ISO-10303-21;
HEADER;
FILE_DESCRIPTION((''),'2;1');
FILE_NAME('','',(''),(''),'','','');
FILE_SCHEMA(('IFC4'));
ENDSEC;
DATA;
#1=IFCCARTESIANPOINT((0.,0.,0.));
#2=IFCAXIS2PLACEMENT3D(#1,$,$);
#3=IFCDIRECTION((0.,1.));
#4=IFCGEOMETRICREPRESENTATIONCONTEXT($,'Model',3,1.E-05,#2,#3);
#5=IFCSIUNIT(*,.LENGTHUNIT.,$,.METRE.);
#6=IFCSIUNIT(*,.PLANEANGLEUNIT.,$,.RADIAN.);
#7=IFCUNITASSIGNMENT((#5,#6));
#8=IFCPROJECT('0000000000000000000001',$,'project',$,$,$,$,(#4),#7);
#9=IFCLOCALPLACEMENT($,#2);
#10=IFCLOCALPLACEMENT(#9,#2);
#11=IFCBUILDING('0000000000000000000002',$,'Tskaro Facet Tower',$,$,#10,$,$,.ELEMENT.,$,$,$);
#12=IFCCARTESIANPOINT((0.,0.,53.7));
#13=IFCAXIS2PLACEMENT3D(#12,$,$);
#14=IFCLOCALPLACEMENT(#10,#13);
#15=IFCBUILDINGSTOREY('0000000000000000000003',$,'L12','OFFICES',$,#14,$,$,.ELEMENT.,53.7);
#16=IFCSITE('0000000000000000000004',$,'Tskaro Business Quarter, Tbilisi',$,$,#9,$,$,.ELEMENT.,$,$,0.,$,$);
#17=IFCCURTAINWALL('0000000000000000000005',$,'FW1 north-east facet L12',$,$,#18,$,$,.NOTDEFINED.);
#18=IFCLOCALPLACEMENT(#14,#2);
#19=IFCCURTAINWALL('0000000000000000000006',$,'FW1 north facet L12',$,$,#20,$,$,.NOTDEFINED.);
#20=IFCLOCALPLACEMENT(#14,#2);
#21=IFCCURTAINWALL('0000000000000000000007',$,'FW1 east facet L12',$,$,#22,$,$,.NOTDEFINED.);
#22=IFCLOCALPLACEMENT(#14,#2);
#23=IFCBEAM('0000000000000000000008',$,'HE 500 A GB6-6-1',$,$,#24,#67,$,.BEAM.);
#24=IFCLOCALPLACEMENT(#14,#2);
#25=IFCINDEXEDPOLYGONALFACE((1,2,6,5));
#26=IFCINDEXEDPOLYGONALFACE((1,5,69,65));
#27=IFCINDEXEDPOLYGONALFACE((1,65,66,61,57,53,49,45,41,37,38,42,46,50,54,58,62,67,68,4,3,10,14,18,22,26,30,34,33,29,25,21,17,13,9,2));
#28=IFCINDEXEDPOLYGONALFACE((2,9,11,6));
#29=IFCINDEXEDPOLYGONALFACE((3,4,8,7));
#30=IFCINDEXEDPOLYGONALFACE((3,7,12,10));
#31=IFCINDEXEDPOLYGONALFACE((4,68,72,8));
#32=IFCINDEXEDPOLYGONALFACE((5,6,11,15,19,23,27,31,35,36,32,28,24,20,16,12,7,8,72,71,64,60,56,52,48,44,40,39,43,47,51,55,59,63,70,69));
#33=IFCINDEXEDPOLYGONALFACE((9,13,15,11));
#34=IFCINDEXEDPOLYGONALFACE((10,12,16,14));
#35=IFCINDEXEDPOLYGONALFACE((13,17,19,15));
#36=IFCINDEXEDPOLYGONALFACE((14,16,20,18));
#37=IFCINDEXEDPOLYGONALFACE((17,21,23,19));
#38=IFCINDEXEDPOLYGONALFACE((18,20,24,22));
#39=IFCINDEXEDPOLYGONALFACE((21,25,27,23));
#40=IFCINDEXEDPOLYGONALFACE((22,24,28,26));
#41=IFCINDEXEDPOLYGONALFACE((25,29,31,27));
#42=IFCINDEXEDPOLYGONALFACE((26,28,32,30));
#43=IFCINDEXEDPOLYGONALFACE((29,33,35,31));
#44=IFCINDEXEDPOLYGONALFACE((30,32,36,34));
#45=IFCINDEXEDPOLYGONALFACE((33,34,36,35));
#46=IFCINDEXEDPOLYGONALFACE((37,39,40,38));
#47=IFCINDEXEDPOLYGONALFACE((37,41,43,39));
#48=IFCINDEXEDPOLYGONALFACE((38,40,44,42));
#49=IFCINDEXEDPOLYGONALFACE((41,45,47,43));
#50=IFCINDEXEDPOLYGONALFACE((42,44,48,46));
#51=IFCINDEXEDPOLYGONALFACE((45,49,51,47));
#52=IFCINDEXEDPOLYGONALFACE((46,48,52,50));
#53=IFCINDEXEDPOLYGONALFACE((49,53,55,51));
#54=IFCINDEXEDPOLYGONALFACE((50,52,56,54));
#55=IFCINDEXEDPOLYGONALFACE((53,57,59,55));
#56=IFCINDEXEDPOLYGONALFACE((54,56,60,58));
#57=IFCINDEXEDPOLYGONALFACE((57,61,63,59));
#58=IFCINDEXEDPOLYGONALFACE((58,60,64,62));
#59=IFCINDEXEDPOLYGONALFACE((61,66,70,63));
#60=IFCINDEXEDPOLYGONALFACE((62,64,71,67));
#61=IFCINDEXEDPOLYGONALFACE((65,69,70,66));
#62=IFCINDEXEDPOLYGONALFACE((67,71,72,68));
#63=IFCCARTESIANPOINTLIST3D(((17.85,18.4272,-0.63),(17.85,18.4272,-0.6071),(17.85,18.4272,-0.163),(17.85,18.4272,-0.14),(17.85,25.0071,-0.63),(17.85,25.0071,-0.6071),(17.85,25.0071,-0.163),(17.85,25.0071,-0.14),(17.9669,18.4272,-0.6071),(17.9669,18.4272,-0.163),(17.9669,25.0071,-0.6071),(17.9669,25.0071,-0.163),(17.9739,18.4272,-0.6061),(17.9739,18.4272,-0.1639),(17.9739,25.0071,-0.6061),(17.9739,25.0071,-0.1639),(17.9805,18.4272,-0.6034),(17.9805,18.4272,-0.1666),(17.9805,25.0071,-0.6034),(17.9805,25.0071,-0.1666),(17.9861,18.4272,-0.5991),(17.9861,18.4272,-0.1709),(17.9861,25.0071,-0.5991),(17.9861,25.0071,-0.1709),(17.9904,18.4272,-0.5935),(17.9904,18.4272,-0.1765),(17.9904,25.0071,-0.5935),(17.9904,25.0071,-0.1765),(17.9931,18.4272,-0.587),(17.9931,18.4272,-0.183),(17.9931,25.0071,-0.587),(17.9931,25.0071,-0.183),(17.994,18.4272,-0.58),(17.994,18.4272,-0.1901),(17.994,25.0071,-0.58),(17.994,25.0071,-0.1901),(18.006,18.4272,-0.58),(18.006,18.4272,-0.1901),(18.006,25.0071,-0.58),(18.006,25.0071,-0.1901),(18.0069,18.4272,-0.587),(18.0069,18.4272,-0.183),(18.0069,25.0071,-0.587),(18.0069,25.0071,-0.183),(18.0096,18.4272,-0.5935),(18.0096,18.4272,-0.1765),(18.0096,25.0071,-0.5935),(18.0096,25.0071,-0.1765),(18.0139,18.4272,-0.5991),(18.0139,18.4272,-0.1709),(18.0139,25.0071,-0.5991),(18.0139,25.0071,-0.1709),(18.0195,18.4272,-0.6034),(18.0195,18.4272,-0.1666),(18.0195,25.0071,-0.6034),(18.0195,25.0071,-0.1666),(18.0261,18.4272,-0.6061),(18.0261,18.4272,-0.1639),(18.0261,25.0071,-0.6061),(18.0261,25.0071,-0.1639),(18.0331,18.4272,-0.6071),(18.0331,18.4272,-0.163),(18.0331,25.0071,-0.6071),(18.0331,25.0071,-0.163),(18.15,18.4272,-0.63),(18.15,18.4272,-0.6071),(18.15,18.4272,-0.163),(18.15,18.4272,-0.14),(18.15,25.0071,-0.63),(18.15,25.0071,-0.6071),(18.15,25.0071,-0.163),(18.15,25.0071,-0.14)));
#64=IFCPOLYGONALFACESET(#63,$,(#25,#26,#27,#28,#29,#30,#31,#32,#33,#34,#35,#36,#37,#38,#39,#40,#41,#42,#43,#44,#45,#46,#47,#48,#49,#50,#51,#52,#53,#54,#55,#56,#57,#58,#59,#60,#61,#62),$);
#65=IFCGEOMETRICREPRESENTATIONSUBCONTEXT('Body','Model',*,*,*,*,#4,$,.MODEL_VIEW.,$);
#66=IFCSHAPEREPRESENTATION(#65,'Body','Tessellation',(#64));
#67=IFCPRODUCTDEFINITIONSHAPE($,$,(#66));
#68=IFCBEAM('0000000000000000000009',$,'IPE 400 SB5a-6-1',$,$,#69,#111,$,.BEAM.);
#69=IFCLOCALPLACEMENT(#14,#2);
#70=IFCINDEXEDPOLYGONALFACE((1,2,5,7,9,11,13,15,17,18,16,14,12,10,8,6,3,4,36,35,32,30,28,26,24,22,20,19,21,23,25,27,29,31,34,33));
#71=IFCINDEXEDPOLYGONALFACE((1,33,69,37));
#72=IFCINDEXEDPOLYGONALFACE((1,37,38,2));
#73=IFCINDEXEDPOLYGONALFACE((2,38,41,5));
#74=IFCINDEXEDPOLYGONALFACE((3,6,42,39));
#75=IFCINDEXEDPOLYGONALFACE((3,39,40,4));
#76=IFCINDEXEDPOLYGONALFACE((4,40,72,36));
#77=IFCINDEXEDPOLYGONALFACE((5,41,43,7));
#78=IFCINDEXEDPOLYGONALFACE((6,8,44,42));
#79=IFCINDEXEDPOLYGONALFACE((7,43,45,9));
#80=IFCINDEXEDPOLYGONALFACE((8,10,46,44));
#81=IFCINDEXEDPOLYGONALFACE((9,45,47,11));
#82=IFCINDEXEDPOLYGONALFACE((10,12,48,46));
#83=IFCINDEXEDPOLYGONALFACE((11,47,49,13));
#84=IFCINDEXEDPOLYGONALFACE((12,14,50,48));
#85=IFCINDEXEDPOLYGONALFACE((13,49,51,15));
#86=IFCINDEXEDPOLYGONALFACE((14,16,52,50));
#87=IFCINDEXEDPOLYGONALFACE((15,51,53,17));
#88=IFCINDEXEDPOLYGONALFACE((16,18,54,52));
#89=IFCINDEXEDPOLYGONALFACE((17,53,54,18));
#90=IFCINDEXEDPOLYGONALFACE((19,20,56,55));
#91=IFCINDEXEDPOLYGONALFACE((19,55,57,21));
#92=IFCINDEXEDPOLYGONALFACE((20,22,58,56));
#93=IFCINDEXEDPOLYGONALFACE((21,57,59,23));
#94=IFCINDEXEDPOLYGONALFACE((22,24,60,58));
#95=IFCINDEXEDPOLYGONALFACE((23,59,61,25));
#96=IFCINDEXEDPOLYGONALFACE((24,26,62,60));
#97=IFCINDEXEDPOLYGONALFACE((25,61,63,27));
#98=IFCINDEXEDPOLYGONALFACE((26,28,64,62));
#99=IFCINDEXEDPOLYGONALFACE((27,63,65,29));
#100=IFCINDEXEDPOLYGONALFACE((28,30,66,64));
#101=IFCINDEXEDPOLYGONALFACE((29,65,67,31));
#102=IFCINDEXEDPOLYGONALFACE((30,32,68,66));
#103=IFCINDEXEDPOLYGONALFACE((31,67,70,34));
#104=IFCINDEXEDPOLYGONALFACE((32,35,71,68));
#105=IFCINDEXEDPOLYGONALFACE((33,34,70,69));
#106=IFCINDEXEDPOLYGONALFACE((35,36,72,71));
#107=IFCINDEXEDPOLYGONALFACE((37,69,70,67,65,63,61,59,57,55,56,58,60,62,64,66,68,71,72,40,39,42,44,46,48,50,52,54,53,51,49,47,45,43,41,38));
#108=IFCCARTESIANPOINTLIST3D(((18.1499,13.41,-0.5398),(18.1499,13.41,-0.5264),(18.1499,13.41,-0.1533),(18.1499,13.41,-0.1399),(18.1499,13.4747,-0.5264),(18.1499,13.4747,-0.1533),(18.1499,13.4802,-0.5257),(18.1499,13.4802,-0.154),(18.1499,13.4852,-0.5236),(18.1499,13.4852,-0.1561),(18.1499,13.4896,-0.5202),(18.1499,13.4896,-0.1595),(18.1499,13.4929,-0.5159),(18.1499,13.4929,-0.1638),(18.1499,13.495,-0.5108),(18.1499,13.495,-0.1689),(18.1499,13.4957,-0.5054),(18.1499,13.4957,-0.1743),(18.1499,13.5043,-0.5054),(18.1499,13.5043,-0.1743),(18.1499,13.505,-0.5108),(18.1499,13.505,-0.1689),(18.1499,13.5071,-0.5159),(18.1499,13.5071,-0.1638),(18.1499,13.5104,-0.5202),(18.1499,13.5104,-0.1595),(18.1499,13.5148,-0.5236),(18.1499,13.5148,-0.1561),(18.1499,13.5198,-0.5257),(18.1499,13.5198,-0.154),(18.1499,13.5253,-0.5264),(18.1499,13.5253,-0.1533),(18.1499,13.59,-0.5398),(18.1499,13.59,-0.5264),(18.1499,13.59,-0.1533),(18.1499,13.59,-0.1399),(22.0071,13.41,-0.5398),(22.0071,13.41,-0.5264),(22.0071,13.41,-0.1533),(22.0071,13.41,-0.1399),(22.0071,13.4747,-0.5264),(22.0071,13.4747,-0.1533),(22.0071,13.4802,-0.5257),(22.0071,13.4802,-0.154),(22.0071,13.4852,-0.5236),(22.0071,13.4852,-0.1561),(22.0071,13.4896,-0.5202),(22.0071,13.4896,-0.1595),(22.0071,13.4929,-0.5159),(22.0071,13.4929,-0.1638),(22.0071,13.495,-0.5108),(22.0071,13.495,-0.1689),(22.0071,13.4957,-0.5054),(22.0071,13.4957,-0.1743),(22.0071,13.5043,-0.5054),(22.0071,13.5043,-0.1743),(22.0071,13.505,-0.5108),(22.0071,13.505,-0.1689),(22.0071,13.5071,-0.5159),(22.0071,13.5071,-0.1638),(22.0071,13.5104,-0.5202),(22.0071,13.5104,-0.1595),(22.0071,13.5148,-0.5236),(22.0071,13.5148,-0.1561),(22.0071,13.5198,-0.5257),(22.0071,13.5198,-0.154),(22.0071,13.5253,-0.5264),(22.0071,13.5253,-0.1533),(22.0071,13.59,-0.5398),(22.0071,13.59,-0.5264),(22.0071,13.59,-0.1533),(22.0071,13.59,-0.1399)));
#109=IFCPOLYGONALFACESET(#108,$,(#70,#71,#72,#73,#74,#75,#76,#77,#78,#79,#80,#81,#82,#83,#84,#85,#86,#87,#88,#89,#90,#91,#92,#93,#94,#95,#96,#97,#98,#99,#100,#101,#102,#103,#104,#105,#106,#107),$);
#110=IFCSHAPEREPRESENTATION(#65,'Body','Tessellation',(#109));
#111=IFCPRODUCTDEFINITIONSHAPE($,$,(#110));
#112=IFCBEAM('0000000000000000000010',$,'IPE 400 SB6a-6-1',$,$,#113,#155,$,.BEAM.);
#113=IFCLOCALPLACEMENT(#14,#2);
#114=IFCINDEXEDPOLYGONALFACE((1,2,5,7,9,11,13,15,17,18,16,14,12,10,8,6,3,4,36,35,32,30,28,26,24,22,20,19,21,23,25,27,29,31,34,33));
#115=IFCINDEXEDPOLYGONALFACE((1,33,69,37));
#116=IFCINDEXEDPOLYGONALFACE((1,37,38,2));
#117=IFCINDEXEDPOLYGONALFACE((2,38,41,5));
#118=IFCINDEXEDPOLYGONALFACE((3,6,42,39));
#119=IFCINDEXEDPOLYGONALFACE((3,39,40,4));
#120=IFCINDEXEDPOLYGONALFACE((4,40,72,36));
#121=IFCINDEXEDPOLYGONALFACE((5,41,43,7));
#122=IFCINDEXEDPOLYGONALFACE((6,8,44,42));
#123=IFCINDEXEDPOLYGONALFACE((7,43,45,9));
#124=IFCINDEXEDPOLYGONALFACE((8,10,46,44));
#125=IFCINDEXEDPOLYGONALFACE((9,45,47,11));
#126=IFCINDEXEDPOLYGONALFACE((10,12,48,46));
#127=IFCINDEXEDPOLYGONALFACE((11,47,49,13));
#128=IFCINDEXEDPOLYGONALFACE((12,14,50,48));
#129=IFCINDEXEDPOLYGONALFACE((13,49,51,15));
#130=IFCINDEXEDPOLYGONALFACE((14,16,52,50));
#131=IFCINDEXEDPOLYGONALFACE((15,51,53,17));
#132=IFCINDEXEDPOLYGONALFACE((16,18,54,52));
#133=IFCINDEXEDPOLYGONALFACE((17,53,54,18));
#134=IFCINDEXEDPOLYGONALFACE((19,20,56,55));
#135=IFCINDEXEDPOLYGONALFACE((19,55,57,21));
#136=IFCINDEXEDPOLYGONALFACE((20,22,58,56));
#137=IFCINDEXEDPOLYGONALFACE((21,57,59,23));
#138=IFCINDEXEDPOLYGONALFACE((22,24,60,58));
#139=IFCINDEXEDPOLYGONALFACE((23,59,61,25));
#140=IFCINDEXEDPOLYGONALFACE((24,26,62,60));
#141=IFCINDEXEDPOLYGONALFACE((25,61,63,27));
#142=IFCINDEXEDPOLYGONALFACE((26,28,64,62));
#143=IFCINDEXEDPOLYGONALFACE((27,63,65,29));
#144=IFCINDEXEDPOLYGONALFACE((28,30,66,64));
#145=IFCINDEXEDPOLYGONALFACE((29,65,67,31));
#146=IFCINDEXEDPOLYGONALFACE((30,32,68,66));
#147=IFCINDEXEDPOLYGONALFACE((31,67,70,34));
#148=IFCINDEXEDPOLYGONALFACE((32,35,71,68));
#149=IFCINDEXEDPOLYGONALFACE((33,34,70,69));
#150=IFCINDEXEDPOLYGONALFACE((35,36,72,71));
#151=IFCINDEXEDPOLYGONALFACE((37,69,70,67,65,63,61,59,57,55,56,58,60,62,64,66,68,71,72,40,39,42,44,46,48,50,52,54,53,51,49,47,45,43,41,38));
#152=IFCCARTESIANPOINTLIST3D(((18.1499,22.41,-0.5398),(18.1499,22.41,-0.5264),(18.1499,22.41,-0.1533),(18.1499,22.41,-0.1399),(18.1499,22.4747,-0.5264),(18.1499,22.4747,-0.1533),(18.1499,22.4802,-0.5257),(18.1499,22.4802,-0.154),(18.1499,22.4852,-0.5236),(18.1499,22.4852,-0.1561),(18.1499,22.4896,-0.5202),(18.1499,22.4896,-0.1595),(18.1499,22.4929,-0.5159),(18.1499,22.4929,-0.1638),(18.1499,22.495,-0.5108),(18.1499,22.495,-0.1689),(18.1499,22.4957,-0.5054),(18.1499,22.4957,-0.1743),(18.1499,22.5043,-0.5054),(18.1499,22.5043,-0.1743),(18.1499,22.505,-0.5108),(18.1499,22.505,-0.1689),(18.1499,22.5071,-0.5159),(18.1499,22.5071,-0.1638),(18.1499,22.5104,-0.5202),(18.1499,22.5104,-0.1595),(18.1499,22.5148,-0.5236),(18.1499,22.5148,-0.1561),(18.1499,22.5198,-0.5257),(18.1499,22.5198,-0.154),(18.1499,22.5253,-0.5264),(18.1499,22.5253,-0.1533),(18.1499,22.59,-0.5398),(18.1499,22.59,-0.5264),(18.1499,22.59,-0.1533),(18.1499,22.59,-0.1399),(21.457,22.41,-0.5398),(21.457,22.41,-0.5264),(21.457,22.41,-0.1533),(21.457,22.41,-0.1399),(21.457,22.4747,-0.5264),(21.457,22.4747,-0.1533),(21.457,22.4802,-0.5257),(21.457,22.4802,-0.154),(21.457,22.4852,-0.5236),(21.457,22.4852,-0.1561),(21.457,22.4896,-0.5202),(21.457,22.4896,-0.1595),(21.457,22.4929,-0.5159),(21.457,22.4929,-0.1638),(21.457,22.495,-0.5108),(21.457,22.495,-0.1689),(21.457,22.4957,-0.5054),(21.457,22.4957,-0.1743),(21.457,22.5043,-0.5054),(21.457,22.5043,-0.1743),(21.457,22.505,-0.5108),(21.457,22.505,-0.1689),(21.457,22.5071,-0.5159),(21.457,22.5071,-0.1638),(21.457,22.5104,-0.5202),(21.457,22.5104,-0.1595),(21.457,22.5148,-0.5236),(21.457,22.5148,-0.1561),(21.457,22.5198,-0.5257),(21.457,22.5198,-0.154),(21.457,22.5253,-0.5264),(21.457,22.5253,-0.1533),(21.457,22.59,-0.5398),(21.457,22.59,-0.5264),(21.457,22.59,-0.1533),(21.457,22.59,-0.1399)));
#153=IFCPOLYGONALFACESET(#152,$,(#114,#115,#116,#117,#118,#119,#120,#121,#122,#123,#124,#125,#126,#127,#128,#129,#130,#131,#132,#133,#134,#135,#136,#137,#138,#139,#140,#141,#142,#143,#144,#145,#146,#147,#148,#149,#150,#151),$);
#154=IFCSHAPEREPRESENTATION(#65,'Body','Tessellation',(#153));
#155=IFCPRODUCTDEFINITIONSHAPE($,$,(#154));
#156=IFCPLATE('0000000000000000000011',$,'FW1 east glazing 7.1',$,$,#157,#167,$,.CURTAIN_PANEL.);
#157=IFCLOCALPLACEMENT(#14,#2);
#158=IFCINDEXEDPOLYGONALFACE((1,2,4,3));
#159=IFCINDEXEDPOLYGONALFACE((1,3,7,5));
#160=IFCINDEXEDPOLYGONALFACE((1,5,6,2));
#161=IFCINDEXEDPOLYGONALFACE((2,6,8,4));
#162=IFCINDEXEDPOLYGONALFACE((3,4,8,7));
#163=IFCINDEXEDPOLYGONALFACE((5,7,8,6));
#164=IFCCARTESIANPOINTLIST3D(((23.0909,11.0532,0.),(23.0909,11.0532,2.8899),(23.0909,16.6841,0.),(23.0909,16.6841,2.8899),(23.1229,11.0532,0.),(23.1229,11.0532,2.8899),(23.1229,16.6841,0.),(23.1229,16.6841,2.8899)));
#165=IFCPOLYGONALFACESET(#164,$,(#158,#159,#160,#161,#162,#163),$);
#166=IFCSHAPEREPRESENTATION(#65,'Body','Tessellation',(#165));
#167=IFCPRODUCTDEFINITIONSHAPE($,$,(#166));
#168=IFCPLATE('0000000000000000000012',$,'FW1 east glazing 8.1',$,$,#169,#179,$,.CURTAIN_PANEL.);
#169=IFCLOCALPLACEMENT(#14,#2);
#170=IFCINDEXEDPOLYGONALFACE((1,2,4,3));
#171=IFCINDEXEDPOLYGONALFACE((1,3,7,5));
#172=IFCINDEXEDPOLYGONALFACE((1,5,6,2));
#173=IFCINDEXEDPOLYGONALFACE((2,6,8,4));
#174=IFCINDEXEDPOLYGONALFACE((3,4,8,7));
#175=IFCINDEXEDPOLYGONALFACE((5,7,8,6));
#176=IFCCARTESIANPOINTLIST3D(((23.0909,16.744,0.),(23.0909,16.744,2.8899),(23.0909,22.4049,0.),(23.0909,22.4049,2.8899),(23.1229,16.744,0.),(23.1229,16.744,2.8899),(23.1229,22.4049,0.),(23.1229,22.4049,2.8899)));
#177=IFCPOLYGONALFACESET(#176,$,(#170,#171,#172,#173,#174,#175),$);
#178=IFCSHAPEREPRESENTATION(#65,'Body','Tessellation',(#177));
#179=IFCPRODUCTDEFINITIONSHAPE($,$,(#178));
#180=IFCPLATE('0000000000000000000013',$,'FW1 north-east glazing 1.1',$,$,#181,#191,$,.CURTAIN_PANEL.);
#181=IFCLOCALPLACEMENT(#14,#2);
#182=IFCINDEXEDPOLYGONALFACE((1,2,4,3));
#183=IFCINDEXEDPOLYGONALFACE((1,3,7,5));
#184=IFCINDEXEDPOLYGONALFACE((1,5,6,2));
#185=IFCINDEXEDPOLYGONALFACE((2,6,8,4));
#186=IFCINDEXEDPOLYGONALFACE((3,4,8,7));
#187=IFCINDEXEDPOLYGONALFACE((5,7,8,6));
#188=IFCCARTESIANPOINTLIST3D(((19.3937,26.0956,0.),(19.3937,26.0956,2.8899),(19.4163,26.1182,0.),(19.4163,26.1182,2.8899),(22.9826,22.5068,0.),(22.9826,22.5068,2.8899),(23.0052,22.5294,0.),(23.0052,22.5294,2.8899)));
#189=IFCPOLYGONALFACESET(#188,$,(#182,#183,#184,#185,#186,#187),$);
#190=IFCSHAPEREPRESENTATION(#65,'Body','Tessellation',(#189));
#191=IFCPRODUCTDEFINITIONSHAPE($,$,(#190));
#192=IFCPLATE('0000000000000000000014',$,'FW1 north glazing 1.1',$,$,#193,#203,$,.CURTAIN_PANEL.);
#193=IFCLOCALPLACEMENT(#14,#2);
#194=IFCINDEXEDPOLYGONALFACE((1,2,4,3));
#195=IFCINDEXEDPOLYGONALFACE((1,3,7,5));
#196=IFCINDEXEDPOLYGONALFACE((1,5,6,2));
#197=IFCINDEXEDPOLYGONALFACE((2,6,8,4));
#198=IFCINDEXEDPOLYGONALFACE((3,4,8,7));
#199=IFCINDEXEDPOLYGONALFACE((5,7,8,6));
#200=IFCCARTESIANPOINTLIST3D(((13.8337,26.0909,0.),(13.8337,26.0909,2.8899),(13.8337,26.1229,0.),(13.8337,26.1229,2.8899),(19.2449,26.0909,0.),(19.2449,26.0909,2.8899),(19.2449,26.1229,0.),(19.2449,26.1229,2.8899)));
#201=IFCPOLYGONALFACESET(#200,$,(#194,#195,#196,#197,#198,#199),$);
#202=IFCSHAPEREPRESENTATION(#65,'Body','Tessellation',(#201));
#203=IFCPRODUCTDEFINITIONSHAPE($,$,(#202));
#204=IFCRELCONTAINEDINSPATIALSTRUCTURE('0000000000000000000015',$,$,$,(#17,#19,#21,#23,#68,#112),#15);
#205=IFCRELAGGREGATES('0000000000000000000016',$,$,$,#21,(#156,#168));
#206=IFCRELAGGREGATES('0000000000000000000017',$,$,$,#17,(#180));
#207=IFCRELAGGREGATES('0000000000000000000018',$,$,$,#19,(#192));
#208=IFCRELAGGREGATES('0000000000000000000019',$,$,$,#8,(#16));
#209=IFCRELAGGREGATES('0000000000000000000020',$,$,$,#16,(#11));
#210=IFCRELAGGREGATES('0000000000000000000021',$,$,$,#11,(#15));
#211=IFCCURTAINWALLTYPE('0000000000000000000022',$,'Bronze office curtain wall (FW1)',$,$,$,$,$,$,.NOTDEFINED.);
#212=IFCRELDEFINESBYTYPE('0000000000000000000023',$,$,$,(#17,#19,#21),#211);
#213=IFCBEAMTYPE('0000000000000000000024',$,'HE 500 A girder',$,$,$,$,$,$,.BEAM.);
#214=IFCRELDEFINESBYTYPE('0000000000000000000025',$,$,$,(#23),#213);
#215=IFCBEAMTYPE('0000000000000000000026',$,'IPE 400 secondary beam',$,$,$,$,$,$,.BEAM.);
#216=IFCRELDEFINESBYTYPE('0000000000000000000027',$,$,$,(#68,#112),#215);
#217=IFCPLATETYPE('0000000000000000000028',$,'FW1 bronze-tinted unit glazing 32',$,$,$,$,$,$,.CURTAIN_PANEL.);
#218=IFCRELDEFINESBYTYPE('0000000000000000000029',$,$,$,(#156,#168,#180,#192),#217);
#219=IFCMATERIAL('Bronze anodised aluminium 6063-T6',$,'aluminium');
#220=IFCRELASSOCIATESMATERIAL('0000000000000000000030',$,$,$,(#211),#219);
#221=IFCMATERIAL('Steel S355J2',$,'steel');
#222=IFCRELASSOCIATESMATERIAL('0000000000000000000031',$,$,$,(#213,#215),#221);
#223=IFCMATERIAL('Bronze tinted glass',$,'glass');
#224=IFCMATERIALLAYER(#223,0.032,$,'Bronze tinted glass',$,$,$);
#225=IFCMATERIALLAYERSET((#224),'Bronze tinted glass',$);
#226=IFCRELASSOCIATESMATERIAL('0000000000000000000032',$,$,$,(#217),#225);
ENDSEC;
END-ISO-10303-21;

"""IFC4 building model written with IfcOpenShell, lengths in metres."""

from ifc_helpers import new_model, si_unit, direction, frame, origin, origin_2d, place, context, subcontext, project, spatial, rectangle, i_section, extrude, material, layer, layer_set, material_profile, profile_set, type_object, element, aggregate, save


model = new_model("IFC4")

# Units and contexts
model_context = context("Model", 3, precision=1e-05, world=origin(), true_north=direction((0.0, 1.0)))
body_context = subcontext(model_context, "Body", "Model", "MODEL_VIEW")
ifc_project = project(units=[si_unit("LENGTHUNIT", "METRE"), si_unit("PLANEANGLEUNIT", "RADIAN")], contexts=[model_context])

# Site, building, storey
site_placement = place(None, origin())
site = spatial("IfcSite", under=ifc_project, at=site_placement, Name="Tskaro Business Quarter, Tbilisi", CompositionType="ELEMENT", RefElevation=0.0)
building_placement = place(site_placement, origin())
building = spatial("IfcBuilding", under=site, at=building_placement, Name="Tskaro Facet Tower", CompositionType="ELEMENT")
storey_placement = place(building_placement, frame((0.0, 0.0, 53.7)))
storey = spatial("IfcBuildingStorey", under=building, at=storey_placement, Name="L12", Description="OFFICES", CompositionType="ELEMENT", Elevation=53.7)

# Curtain walls
ifc_material_1 = material(Name="Bronze anodised aluminium 6063-T6", Category="aluminium")
curtain_wall_type = type_object("IfcCurtainWallType", Name="Bronze office curtain wall (FW1)", PredefinedType="NOTDEFINED", material=ifc_material_1)
curtain_wall_1_placement = place(storey_placement, origin())
curtain_wall_1 = element("IfcCurtainWall", 1, at=curtain_wall_1_placement, inside=storey, type_object=curtain_wall_type, Name="FW1 north-east facet L12", PredefinedType="NOTDEFINED")
curtain_wall_2_placement = place(storey_placement, origin())
curtain_wall_2 = element("IfcCurtainWall", 2, at=curtain_wall_2_placement, inside=storey, type_object=curtain_wall_type, Name="FW1 north facet L12", PredefinedType="NOTDEFINED")

# Curtain wall
curtain_wall_3_placement = place(storey_placement, origin())
curtain_wall_3 = element("IfcCurtainWall", 3, at=curtain_wall_3_placement, inside=storey, type_object=curtain_wall_type, Name="FW1 east facet L12", PredefinedType="NOTDEFINED")

# Beams
ifc_material_2 = material(Name="Steel S355J2", Category="steel")
ifc_material_profile_1 = material_profile(ifc_material_2, i_section(OverallWidth=0.3, OverallDepth=0.49, WebThickness=0.012, FlangeThickness=0.0229, FilletRadius=0.0271, at=origin_2d()), Name="HE 500 A")
ifc_profile_set_1 = profile_set([ifc_material_profile_1], Name="Steel S355J2")
beam_type_1 = type_object("IfcBeamType", Name="HE 500 A girder", PredefinedType="BEAM", material=ifc_profile_set_1)
beam_1_placement = place(storey_placement, frame((18.0, 18.4272, -0.385), z_axis=(0.0, 1.0, 0.0), x_axis=(-1.0, 0.0, 0.0)))
element("IfcBeam", 4, at=beam_1_placement, inside=storey, type_object=beam_type_1, Name="HE 500 A GB6-6-1", PredefinedType="BEAM", context=body_context, shape_type="SweptSolid", body=[
    extrude(i_section(OverallWidth=0.3, OverallDepth=0.49, WebThickness=0.012, FlangeThickness=0.0229, FilletRadius=0.0271, at=origin_2d()), origin(), (0.0, 0.0, 1.0), 6.5798),
])
ifc_material_profile_2 = material_profile(ifc_material_2, i_section(OverallWidth=0.1799, OverallDepth=0.3999, WebThickness=0.0085, FlangeThickness=0.0134, FilletRadius=0.021, at=origin_2d()), Name="IPE 400")
ifc_profile_set_2 = profile_set([ifc_material_profile_2], Name="Steel S355J2")
beam_type_2 = type_object("IfcBeamType", Name="IPE 400 secondary beam", PredefinedType="BEAM", material=ifc_profile_set_2)
beam_2_placement = place(storey_placement, frame((18.1499, 13.5, -0.3398), z_axis=(1.0, 0.0, 0.0), x_axis=(0.0, 1.0, 0.0)))
element("IfcBeam", 5, at=beam_2_placement, inside=storey, type_object=beam_type_2, Name="IPE 400 SB5a-6-1", PredefinedType="BEAM", context=body_context, shape_type="SweptSolid", body=[
    extrude(i_section(OverallWidth=0.1799, OverallDepth=0.3999, WebThickness=0.0085, FlangeThickness=0.0134, FilletRadius=0.021, at=origin_2d()), origin(), (0.0, 0.0, 1.0), 3.8572),
])
beam_3_placement = place(storey_placement, frame((18.1499, 22.5, -0.3398), z_axis=(1.0, 0.0, 0.0), x_axis=(0.0, 1.0, 0.0)))
element("IfcBeam", 6, at=beam_3_placement, inside=storey, type_object=beam_type_2, Name="IPE 400 SB6a-6-1", PredefinedType="BEAM", context=body_context, shape_type="SweptSolid", body=[
    extrude(i_section(OverallWidth=0.1799, OverallDepth=0.3999, WebThickness=0.0085, FlangeThickness=0.0134, FilletRadius=0.021, at=origin_2d()), origin(), (0.0, 0.0, 1.0), 3.3071),
])

# Plates
ifc_material_3 = material(Name="Bronze tinted glass", Category="glass")
ifc_layer_1 = layer(ifc_material_3, 0.032, Name="Bronze tinted glass")
ifc_layer_set_1 = layer_set([ifc_layer_1], Name="Bronze tinted glass")
plate_type = type_object("IfcPlateType", Name="FW1 bronze-tinted unit glazing 32", PredefinedType="CURTAIN_PANEL", material=ifc_layer_set_1)
plate_1_placement = place(storey_placement, frame((23.1069, 13.8687, 0.0), z_axis=(0.0, 0.0, 1.0), x_axis=(0.0, 1.0, 0.0)))
plate_1 = element("IfcPlate", 7, at=plate_1_placement, type_object=plate_type, Name="FW1 east glazing 7.1", PredefinedType="CURTAIN_PANEL", context=body_context, shape_type="SweptSolid", body=[
    extrude(rectangle(XDim=5.6309, YDim=0.032, at=origin_2d()), origin(), (0.0, 0.0, 1.0), 2.8899),
])
plate_2_placement = place(storey_placement, frame((23.1069, 19.5745, 0.0), z_axis=(0.0, 0.0, 1.0), x_axis=(0.0, 1.0, 0.0)))
plate_2 = element("IfcPlate", 8, at=plate_2_placement, type_object=plate_type, Name="FW1 east glazing 8.1", PredefinedType="CURTAIN_PANEL", context=body_context, shape_type="SweptSolid", body=[
    extrude(rectangle(XDim=5.6609, YDim=0.032, at=origin_2d()), origin(), (0.0, 0.0, 1.0), 2.8899),
])
aggregate(curtain_wall_3, [plate_1, plate_2])
plate_3_placement = place(storey_placement, frame((21.1995, 24.3125, 0.0), z_axis=(0.0, 0.0, 1.0), x_axis=(-0.707107, 0.707107, 0.0)))
plate_3 = element("IfcPlate", 9, at=plate_3_placement, type_object=plate_type, Name="FW1 north-east glazing 1.1", PredefinedType="CURTAIN_PANEL", context=body_context, shape_type="SweptSolid", body=[
    extrude(rectangle(XDim=5.0754, YDim=0.032, at=origin_2d()), origin(), (0.0, 0.0, 1.0), 2.8899),
])
aggregate(curtain_wall_1, [plate_3])
plate_4_placement = place(storey_placement, frame((16.5393, 26.1069, 0.0), z_axis=(0.0, 0.0, 1.0), x_axis=(-1.0, 0.0, 0.0)))
plate_4 = element("IfcPlate", 10, at=plate_4_placement, type_object=plate_type, Name="FW1 north glazing 1.1", PredefinedType="CURTAIN_PANEL", context=body_context, shape_type="SweptSolid", body=[
    extrude(rectangle(XDim=5.4111, YDim=0.032, at=origin_2d()), origin(), (0.0, 0.0, 1.0), 2.8899),
])
aggregate(curtain_wall_2, [plate_4])

save(model, "model.ifc")
